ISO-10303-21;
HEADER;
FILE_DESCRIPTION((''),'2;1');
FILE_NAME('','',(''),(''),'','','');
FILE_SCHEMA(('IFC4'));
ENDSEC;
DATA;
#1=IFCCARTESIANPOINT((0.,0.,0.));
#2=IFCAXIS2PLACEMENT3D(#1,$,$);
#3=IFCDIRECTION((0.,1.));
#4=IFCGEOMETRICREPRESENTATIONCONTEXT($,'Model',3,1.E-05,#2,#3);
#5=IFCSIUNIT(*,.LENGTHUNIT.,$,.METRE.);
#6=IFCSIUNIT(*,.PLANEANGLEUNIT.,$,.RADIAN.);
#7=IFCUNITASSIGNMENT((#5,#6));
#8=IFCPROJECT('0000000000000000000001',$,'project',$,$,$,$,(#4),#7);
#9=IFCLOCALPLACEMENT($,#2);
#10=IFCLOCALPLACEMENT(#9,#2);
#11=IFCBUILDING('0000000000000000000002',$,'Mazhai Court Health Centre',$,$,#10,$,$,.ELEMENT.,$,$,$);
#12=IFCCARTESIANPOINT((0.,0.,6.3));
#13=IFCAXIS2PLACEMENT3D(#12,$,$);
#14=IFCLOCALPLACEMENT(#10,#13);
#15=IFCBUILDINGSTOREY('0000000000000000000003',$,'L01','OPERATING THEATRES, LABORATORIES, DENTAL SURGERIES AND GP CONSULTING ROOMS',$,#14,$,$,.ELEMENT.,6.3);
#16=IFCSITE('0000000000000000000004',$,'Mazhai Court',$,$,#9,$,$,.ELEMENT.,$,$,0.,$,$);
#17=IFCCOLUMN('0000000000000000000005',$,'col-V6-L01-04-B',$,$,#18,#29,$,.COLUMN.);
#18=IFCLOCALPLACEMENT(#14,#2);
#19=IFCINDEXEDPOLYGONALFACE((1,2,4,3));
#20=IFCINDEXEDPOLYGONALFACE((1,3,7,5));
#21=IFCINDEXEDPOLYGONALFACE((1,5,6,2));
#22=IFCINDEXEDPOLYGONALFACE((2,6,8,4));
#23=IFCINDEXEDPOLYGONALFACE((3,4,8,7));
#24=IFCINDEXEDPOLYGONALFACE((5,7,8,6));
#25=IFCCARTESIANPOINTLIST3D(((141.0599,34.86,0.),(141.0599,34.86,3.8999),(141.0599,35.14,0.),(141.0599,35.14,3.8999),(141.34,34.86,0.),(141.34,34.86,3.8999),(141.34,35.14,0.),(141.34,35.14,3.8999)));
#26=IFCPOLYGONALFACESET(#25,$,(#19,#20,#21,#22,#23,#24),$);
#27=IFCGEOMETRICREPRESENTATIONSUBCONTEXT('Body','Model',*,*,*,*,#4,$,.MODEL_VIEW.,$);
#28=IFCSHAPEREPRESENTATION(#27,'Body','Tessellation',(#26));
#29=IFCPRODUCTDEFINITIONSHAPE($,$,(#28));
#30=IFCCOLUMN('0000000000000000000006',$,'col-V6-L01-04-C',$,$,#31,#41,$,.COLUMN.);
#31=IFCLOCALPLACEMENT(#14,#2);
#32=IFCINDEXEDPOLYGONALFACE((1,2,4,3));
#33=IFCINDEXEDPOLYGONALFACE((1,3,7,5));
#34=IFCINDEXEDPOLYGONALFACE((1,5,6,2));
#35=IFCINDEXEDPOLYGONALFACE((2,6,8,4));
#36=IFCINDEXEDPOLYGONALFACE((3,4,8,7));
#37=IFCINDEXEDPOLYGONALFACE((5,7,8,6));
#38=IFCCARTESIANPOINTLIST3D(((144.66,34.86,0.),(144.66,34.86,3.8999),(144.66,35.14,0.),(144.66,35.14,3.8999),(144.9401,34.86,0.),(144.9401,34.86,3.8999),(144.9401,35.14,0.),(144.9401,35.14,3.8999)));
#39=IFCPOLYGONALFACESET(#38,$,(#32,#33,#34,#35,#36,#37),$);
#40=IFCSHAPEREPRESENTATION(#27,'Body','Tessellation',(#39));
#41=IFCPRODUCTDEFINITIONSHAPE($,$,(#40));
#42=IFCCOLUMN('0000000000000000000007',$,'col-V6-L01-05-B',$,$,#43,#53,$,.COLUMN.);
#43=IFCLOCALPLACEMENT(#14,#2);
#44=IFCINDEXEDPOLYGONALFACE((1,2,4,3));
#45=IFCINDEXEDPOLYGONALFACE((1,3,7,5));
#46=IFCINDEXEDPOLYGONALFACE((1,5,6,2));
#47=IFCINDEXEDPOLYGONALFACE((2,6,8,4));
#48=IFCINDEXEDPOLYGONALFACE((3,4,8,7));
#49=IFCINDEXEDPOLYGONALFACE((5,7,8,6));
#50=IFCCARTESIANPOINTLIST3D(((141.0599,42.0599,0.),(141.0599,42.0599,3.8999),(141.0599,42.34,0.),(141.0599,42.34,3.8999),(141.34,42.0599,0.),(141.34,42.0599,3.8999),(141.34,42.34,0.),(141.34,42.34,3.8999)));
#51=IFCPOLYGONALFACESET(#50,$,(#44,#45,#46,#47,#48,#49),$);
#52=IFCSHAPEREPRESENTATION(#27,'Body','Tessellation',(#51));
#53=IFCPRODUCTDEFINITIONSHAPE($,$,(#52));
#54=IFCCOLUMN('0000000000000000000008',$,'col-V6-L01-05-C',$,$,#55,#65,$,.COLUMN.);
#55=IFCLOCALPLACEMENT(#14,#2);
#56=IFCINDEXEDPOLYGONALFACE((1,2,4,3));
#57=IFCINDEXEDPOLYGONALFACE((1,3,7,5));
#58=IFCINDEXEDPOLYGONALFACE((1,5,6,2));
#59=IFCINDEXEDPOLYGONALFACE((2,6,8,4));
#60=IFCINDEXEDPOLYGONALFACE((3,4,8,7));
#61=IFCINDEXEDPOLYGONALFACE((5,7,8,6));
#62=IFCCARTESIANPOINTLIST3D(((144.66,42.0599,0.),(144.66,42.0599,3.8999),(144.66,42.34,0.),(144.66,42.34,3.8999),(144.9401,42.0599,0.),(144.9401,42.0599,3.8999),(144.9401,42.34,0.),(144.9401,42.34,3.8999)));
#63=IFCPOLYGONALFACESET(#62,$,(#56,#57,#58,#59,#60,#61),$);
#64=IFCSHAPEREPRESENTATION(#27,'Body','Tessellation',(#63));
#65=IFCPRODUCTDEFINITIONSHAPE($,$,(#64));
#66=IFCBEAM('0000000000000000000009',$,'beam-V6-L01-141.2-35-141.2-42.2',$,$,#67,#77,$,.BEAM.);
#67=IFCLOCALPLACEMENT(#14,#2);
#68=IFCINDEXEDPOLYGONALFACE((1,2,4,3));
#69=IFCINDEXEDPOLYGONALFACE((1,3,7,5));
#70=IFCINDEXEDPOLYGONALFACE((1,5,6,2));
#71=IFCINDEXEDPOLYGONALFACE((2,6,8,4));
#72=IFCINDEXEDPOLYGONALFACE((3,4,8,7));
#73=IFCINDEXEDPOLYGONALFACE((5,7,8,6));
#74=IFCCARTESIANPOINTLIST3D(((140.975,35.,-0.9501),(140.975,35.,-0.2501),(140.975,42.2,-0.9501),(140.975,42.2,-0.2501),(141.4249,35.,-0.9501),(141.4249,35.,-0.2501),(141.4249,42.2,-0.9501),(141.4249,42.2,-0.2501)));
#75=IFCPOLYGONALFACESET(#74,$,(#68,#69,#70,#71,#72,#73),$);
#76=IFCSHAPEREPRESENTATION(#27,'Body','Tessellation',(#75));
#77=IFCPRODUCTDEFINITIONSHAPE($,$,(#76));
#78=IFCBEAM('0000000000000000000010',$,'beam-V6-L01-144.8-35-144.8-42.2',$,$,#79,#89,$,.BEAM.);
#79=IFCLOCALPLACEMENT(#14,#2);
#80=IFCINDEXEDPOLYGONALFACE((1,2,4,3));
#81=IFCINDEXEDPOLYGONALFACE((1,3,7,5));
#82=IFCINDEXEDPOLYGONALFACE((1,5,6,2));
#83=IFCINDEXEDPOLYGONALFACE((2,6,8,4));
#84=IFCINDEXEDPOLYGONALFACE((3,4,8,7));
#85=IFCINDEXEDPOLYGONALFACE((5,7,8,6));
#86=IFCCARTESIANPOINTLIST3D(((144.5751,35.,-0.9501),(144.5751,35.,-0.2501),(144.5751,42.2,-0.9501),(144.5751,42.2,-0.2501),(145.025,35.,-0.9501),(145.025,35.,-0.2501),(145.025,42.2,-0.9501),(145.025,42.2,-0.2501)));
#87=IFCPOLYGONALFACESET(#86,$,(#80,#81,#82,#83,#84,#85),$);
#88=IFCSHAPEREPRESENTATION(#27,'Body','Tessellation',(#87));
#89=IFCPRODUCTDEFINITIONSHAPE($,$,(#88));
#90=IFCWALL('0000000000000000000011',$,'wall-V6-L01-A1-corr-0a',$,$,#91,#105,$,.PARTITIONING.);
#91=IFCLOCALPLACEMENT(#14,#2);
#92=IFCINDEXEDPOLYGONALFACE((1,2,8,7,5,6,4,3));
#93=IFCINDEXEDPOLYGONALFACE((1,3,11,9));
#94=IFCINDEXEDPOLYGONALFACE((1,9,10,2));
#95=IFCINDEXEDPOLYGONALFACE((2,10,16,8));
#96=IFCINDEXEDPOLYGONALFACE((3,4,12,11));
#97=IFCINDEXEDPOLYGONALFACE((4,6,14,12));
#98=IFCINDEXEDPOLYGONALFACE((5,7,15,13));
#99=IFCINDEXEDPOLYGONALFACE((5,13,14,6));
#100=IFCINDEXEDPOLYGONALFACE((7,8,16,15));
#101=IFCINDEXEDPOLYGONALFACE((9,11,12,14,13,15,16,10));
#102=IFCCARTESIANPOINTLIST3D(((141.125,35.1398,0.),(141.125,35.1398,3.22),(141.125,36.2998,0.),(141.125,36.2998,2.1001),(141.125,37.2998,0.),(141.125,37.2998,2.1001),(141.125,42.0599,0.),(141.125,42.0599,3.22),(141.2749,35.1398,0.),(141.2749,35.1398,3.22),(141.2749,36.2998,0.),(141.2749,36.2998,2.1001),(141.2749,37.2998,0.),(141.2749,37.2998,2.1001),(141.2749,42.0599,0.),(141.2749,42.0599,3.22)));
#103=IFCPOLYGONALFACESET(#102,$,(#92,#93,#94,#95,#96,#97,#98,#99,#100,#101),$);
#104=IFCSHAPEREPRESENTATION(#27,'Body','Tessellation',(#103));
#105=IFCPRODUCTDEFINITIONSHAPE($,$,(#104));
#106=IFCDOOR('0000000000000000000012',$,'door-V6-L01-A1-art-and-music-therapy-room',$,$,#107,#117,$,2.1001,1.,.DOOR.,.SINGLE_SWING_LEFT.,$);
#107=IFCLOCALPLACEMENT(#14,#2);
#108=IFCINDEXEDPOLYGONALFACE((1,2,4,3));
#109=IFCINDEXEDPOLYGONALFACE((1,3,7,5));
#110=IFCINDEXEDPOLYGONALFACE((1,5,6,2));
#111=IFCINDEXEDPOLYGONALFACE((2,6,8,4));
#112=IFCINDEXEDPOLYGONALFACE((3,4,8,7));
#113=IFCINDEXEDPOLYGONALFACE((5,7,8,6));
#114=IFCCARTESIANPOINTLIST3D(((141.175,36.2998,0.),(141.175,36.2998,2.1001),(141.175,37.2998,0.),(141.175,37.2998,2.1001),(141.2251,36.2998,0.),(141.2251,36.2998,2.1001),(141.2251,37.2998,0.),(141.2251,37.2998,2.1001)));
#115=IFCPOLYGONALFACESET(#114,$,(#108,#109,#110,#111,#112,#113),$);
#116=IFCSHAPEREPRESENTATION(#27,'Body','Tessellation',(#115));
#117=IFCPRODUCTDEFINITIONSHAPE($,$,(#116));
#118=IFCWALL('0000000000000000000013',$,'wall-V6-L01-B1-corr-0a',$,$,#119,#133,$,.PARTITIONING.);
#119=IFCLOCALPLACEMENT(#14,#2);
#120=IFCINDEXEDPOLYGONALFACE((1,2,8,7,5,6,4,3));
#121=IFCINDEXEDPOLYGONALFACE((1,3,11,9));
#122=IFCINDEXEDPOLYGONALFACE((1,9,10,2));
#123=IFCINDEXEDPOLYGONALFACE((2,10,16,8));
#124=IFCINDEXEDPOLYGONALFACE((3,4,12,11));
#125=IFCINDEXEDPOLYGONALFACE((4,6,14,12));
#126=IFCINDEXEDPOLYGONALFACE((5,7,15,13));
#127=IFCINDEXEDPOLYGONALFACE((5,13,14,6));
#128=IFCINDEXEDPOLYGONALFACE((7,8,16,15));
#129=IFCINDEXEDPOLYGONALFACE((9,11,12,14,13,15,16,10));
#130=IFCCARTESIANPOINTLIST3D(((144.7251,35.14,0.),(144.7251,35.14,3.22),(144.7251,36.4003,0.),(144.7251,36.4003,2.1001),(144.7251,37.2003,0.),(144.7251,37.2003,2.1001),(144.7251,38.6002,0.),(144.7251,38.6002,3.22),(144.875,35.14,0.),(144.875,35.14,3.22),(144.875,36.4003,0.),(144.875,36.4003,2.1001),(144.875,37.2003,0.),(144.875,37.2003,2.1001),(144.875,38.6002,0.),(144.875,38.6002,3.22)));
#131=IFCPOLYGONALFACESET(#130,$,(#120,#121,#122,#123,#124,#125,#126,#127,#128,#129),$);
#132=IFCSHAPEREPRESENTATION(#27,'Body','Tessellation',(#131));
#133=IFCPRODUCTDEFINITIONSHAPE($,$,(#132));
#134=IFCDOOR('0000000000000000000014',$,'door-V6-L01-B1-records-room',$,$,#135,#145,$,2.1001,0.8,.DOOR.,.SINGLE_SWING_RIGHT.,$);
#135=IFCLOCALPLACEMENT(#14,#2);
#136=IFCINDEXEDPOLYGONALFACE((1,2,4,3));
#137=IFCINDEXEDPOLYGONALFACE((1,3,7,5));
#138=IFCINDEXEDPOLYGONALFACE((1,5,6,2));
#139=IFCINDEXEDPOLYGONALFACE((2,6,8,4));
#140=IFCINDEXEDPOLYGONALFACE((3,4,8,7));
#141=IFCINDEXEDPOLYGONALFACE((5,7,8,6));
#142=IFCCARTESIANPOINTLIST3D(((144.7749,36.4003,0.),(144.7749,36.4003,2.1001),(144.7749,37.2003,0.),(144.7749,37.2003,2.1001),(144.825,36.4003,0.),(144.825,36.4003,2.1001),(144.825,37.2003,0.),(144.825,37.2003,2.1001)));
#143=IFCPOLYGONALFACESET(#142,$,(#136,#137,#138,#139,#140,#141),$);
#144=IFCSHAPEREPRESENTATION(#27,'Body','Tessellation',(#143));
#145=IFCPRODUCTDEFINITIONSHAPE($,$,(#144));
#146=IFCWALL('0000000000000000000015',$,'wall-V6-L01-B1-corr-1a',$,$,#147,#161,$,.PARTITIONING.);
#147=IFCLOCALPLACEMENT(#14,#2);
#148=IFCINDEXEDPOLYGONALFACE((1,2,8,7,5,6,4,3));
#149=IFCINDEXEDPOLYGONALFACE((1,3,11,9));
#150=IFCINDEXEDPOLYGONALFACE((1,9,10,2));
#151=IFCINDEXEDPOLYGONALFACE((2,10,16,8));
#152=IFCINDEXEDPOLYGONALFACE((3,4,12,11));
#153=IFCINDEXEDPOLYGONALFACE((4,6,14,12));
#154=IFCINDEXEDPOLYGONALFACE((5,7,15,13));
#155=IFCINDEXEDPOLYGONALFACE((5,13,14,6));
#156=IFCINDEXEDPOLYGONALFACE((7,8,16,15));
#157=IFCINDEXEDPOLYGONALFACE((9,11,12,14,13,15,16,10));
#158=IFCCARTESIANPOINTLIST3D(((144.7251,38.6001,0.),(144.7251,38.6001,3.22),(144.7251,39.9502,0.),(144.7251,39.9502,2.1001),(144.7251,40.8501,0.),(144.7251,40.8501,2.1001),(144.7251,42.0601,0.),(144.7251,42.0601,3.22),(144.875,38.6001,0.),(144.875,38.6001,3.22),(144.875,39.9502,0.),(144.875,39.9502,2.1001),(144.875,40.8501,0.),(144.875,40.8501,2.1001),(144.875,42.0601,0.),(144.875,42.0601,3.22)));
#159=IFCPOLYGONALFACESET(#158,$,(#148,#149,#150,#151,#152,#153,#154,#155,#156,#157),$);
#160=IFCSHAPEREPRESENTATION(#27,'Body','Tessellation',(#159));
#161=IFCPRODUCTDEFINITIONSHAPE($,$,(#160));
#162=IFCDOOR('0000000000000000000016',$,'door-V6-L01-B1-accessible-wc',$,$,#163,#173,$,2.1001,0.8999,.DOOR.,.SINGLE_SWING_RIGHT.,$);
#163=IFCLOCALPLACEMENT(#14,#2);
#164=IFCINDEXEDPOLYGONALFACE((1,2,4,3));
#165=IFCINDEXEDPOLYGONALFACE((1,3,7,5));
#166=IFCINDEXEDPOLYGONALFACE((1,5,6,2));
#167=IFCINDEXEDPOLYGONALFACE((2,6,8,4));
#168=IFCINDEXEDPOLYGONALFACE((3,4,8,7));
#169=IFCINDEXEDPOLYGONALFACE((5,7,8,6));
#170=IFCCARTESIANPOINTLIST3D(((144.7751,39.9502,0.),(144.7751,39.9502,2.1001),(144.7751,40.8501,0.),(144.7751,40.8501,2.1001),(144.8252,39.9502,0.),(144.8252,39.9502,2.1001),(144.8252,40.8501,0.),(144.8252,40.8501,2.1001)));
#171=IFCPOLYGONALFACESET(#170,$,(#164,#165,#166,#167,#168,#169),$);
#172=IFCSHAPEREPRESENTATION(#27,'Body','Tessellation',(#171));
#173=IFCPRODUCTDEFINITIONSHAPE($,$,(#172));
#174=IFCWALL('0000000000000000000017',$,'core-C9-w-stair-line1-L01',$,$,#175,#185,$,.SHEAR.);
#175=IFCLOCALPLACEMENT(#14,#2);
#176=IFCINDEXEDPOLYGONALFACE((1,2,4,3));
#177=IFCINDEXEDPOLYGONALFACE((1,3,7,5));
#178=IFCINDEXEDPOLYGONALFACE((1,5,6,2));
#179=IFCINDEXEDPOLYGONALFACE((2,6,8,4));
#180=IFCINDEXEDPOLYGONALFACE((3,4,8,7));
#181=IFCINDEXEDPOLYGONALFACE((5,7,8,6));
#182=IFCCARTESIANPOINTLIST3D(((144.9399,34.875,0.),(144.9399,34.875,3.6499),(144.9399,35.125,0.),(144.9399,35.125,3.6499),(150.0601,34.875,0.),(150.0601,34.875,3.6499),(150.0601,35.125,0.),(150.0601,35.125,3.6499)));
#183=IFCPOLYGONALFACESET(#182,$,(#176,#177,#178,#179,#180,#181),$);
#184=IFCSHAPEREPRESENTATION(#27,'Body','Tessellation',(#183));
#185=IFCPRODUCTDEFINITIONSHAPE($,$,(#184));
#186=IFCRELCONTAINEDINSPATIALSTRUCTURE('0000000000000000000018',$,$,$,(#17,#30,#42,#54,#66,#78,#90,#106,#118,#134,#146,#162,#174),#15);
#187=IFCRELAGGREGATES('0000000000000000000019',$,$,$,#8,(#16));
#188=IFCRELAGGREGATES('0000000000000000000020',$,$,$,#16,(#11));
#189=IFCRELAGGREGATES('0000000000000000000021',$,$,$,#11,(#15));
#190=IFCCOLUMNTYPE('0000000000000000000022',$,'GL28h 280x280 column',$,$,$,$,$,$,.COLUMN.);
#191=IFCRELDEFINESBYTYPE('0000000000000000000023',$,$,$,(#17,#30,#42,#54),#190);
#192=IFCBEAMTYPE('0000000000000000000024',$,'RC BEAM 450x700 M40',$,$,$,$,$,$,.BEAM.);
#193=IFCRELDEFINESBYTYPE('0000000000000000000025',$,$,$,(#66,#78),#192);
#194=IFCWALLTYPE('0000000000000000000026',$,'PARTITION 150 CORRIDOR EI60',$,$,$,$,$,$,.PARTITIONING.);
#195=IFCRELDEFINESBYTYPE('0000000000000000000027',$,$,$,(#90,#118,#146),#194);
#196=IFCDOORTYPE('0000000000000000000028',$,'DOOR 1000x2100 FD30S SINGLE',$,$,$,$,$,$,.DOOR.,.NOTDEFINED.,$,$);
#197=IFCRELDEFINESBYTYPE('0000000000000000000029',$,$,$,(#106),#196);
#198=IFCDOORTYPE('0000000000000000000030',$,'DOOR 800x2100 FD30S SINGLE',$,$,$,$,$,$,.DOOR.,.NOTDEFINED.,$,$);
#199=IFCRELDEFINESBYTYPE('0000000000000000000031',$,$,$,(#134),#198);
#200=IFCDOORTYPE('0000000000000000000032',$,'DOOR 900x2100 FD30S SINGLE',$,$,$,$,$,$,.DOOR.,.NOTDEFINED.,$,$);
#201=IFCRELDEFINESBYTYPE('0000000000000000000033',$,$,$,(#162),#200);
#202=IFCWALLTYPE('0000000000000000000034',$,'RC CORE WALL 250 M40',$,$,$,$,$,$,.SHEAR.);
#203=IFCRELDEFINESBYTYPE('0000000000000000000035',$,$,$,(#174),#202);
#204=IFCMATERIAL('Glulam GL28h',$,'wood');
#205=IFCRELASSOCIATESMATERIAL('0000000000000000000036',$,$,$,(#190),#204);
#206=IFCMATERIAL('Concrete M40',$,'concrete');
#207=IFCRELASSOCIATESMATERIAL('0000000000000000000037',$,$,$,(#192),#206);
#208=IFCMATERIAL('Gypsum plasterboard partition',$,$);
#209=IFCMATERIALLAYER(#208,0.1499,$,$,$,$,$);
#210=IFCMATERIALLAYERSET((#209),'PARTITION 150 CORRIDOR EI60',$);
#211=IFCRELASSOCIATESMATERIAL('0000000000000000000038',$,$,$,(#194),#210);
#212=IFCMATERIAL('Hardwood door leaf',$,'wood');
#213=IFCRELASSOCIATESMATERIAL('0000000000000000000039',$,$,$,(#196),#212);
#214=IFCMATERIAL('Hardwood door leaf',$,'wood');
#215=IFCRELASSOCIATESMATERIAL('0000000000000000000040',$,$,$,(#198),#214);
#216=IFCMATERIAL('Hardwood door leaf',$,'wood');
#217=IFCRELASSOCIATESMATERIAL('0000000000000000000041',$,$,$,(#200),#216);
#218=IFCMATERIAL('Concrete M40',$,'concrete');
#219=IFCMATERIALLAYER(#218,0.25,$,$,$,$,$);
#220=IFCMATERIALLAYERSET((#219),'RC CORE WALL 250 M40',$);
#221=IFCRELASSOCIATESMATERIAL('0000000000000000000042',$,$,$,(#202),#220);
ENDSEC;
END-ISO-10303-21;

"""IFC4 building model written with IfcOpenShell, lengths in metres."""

from ifc_helpers import new_model, si_unit, direction, frame, frame_2d, origin, origin_2d, place, context, subcontext, project, spatial, rectangle, extrude, material, layer, layer_set, material_profile, profile_set, type_object, element, fill, save


model = new_model("IFC4")

# Units and contexts
model_context = context("Model", 3, precision=1e-05, world=origin(), true_north=direction((0.0, 1.0)))
body_context = subcontext(model_context, "Body", "Model", "MODEL_VIEW")
ifc_project = project(units=[si_unit("LENGTHUNIT", "METRE"), si_unit("PLANEANGLEUNIT", "RADIAN")], contexts=[model_context])

# Site, building, storey
site_placement = place(None, origin())
site = spatial("IfcSite", under=ifc_project, at=site_placement, Name="Mazhai Court", CompositionType="ELEMENT", RefElevation=0.0)
building_placement = place(site_placement, origin())
building = spatial("IfcBuilding", under=site, at=building_placement, Name="Mazhai Court Health Centre", CompositionType="ELEMENT")
storey_placement = place(building_placement, frame((0.0, 0.0, 6.3)))
storey = spatial("IfcBuildingStorey", under=building, at=storey_placement, Name="L01", Description="OPERATING THEATRES, LABORATORIES, DENTAL SURGERIES AND GP CONSULTING ROOMS", CompositionType="ELEMENT", Elevation=6.3)

# Columns
ifc_material_1 = material(Name="Glulam GL28h", Category="wood")
ifc_material_profile_1 = material_profile(ifc_material_1, rectangle(XDim=0.28, YDim=0.28, at=origin_2d()), Name="GL28h 280x280")
ifc_profile_set_1 = profile_set([ifc_material_profile_1], Name="Glulam GL28h")
column_type = type_object("IfcColumnType", Name="GL28h 280x280 column", PredefinedType="COLUMN", material=ifc_profile_set_1)
for number, where, z_axis, x_axis, name in (
    (1, (141.2, 35.0, 0.0), (0.0, 0.0, 1.0), (1.0, 0.0, 0.0), "col-V6-L01-04-B"),
    (2, (144.8, 35.0, 0.0), (0.0, 0.0, 1.0), (1.0, 0.0, 0.0), "col-V6-L01-04-C"),
    (3, (141.2, 42.2, 0.0), (0.0, 0.0, 1.0), (1.0, 0.0, 0.0), "col-V6-L01-05-B"),
    (4, (144.8, 42.2, 0.0), (0.0, 0.0, 1.0), (1.0, 0.0, 0.0), "col-V6-L01-05-C"),
):
    element("IfcColumn", number, at=place(storey_placement, frame(where, z_axis=z_axis, x_axis=x_axis)), inside=storey, type_object=column_type, Name=name, PredefinedType="COLUMN", context=body_context, shape_type="SweptSolid", body=[
        extrude(rectangle(XDim=0.28, YDim=0.28, at=origin_2d()), origin(), (0.0, 0.0, 1.0), 3.8999),
    ])

# Beams
ifc_material_2 = material(Name="Concrete M40", Category="concrete")
ifc_material_profile_2 = material_profile(ifc_material_2, rectangle(XDim=0.45, YDim=0.7, at=origin_2d()), Name="RC 450x700")
ifc_profile_set_2 = profile_set([ifc_material_profile_2], Name="Concrete M40")
beam_type = type_object("IfcBeamType", Name="RC BEAM 450x700 M40", PredefinedType="BEAM", material=ifc_profile_set_2)
for number, where, z_axis, x_axis, name in (
    (5, (141.2, 35.0, -0.6001), (0.0, 1.0, 0.0), (-1.0, 0.0, 0.0), "beam-V6-L01-141.2-35-141.2-42.2"),
    (6, (144.8, 35.0, -0.6001), (0.0, 1.0, 0.0), (-1.0, 0.0, 0.0), "beam-V6-L01-144.8-35-144.8-42.2"),
):
    element("IfcBeam", number, at=place(storey_placement, frame(where, z_axis=z_axis, x_axis=x_axis)), inside=storey, type_object=beam_type, Name=name, PredefinedType="BEAM", context=body_context, shape_type="SweptSolid", body=[
        extrude(rectangle(XDim=0.45, YDim=0.7, at=origin_2d()), origin(), (0.0, 0.0, 1.0), 7.2),
    ])

# Walls, openings, doors
ifc_material_3 = material(Name="Gypsum plasterboard partition")
ifc_layer_1 = layer(ifc_material_3, 0.1499)
ifc_layer_set_1 = layer_set([ifc_layer_1], Name="PARTITION 150 CORRIDOR EI60")
wall_type_1 = type_object("IfcWallType", Name="PARTITION 150 CORRIDOR EI60", PredefinedType="PARTITIONING", material=ifc_layer_set_1)
wall_1_placement = place(storey_placement, frame((141.2, 35.1399, 0.0), z_axis=(0.0, 0.0, 1.0), x_axis=(0.0, 1.0, 0.0)))
wall_1 = element("IfcWall", 7, at=wall_1_placement, inside=storey, type_object=wall_type_1, Name="wall-V6-L01-A1-corr-0a", PredefinedType="PARTITIONING", context=body_context, shape_type="SweptSolid", body=[
    extrude(rectangle(XDim=6.9202, YDim=0.1499, at=frame_2d((3.46, 0.0))), origin(), (0.0, 0.0, 1.0), 3.22),
])
opening_1_placement = place(wall_1_placement, frame((1.1599, 0.0, 0.0)))
opening_1 = element("IfcOpeningElement", 8, at=opening_1_placement, cuts=wall_1, PredefinedType="OPENING", context=body_context, shape_type="SweptSolid", body=[
    extrude(rectangle(XDim=1.0, YDim=2.1001, at=frame_2d((0.5, 1.05))), frame((0.0, 0.085, 0.0), z_axis=(0.0, -1.0, 0.0), x_axis=(1.0, 0.0, 0.0)), (0.0, 0.0, 1.0), 0.1699),
])
ifc_material_4 = material(Name="Hardwood door leaf", Category="wood")
door_type_1 = type_object("IfcDoorType", Name="DOOR 1000x2100 FD30S SINGLE", OperationType="NOTDEFINED", PredefinedType="DOOR", material=ifc_material_4)
door_1_placement = place(opening_1_placement, origin())
door_1 = element("IfcDoor", 9, at=door_1_placement, inside=storey, type_object=door_type_1, Name="door-V6-L01-A1-art-and-music-therapy-room", OperationType="SINGLE_SWING_LEFT", OverallHeight=2.1001, OverallWidth=1.0, PredefinedType="DOOR", context=body_context, shape_type="SweptSolid", body=[
    extrude(rectangle(XDim=1.0, YDim=2.1001, at=frame_2d((0.5, 1.05))), frame((0.0, 0.0249, 0.0), z_axis=(0.0, -1.0, 0.0), x_axis=(1.0, 0.0, 0.0)), (0.0, 0.0, 1.0), 0.05),
])
fill(opening_1, door_1)
wall_2_placement = place(storey_placement, frame((144.8, 38.6001, 0.0), z_axis=(0.0, 0.0, 1.0), x_axis=(0.0, -1.0, 0.0)))
wall_2 = element("IfcWall", 10, at=wall_2_placement, inside=storey, type_object=wall_type_1, Name="wall-V6-L01-B1-corr-0a", PredefinedType="PARTITIONING", context=body_context, shape_type="SweptSolid", body=[
    extrude(rectangle(XDim=3.4602, YDim=0.1499, at=frame_2d((1.73, 0.0))), origin(), (0.0, 0.0, 1.0), 3.22),
])
opening_2_placement = place(wall_2_placement, frame((1.3999, 0.0, 0.0)))
opening_2 = element("IfcOpeningElement", 11, at=opening_2_placement, cuts=wall_2, PredefinedType="OPENING", context=body_context, shape_type="SweptSolid", body=[
    extrude(rectangle(XDim=0.8, YDim=2.1001, at=frame_2d((0.3999, 1.05))), frame((0.0, 0.085, 0.0), z_axis=(0.0, -1.0, 0.0), x_axis=(1.0, 0.0, 0.0)), (0.0, 0.0, 1.0), 0.1699),
])
ifc_material_5 = material(Name="Hardwood door leaf", Category="wood")
door_type_2 = type_object("IfcDoorType", Name="DOOR 800x2100 FD30S SINGLE", OperationType="NOTDEFINED", PredefinedType="DOOR", material=ifc_material_5)
door_2_placement = place(opening_2_placement, origin())
door_2 = element("IfcDoor", 12, at=door_2_placement, inside=storey, type_object=door_type_2, Name="door-V6-L01-B1-records-room", OperationType="SINGLE_SWING_RIGHT", OverallHeight=2.1001, OverallWidth=0.8, PredefinedType="DOOR", context=body_context, shape_type="SweptSolid", body=[
    extrude(rectangle(XDim=0.8, YDim=2.1001, at=frame_2d((0.3999, 1.05))), frame((0.0, 0.0249, 0.0), z_axis=(0.0, -1.0, 0.0), x_axis=(1.0, 0.0, 0.0)), (0.0, 0.0, 1.0), 0.05),
])
fill(opening_2, door_2)
wall_3_placement = place(storey_placement, frame((144.8, 38.6001, 0.0), z_axis=(0.0, 0.0, 1.0), x_axis=(0.0, 1.0, 0.0)))
wall_3 = element("IfcWall", 13, at=wall_3_placement, inside=storey, type_object=wall_type_1, Name="wall-V6-L01-B1-corr-1a", PredefinedType="PARTITIONING", context=body_context, shape_type="SweptSolid", body=[
    extrude(rectangle(XDim=3.46, YDim=0.1499, at=frame_2d((1.73, 0.0))), origin(), (0.0, 0.0, 1.0), 3.22),
])
opening_3_placement = place(wall_3_placement, frame((1.3501, 0.0, 0.0)))
opening_3 = element("IfcOpeningElement", 14, at=opening_3_placement, cuts=wall_3, PredefinedType="OPENING", context=body_context, shape_type="SweptSolid", body=[
    extrude(rectangle(XDim=0.8999, YDim=2.1001, at=frame_2d((0.45, 1.05))), frame((0.0, 0.085, 0.0), z_axis=(0.0, -1.0, 0.0), x_axis=(1.0, 0.0, 0.0)), (0.0, 0.0, 1.0), 0.1699),
])
ifc_material_6 = material(Name="Hardwood door leaf", Category="wood")
door_type_3 = type_object("IfcDoorType", Name="DOOR 900x2100 FD30S SINGLE", OperationType="NOTDEFINED", PredefinedType="DOOR", material=ifc_material_6)
door_3_placement = place(opening_3_placement, origin())
door_3 = element("IfcDoor", 15, at=door_3_placement, inside=storey, type_object=door_type_3, Name="door-V6-L01-B1-accessible-wc", OperationType="SINGLE_SWING_RIGHT", OverallHeight=2.1001, OverallWidth=0.8999, PredefinedType="DOOR", context=body_context, shape_type="SweptSolid", body=[
    extrude(rectangle(XDim=0.8999, YDim=2.1001, at=frame_2d((0.45, 1.05))), frame((0.0, 0.0249, 0.0), z_axis=(0.0, -1.0, 0.0), x_axis=(1.0, 0.0, 0.0)), (0.0, 0.0, 1.0), 0.05),
])
fill(opening_3, door_3)

# Wall
ifc_material_7 = material(Name="Concrete M40", Category="concrete")
ifc_layer_2 = layer(ifc_material_7, 0.25)
ifc_layer_set_2 = layer_set([ifc_layer_2], Name="RC CORE WALL 250 M40")
wall_type_2 = type_object("IfcWallType", Name="RC CORE WALL 250 M40", PredefinedType="SHEAR", material=ifc_layer_set_2)
wall_4_placement = place(storey_placement, frame((144.9399, 35.0, 0.0), z_axis=(0.0, 0.0, 1.0), x_axis=(1.0, 0.0, 0.0)))
element("IfcWall", 16, at=wall_4_placement, inside=storey, type_object=wall_type_2, Name="core-C9-w-stair-line1-L01", PredefinedType="SHEAR", context=body_context, shape_type="SweptSolid", body=[
    extrude(rectangle(XDim=5.1201, YDim=0.25, at=frame_2d((2.5601, 0.0))), origin(), (0.0, 0.0, 1.0), 3.6499),
])

save(model, "model.ifc")
